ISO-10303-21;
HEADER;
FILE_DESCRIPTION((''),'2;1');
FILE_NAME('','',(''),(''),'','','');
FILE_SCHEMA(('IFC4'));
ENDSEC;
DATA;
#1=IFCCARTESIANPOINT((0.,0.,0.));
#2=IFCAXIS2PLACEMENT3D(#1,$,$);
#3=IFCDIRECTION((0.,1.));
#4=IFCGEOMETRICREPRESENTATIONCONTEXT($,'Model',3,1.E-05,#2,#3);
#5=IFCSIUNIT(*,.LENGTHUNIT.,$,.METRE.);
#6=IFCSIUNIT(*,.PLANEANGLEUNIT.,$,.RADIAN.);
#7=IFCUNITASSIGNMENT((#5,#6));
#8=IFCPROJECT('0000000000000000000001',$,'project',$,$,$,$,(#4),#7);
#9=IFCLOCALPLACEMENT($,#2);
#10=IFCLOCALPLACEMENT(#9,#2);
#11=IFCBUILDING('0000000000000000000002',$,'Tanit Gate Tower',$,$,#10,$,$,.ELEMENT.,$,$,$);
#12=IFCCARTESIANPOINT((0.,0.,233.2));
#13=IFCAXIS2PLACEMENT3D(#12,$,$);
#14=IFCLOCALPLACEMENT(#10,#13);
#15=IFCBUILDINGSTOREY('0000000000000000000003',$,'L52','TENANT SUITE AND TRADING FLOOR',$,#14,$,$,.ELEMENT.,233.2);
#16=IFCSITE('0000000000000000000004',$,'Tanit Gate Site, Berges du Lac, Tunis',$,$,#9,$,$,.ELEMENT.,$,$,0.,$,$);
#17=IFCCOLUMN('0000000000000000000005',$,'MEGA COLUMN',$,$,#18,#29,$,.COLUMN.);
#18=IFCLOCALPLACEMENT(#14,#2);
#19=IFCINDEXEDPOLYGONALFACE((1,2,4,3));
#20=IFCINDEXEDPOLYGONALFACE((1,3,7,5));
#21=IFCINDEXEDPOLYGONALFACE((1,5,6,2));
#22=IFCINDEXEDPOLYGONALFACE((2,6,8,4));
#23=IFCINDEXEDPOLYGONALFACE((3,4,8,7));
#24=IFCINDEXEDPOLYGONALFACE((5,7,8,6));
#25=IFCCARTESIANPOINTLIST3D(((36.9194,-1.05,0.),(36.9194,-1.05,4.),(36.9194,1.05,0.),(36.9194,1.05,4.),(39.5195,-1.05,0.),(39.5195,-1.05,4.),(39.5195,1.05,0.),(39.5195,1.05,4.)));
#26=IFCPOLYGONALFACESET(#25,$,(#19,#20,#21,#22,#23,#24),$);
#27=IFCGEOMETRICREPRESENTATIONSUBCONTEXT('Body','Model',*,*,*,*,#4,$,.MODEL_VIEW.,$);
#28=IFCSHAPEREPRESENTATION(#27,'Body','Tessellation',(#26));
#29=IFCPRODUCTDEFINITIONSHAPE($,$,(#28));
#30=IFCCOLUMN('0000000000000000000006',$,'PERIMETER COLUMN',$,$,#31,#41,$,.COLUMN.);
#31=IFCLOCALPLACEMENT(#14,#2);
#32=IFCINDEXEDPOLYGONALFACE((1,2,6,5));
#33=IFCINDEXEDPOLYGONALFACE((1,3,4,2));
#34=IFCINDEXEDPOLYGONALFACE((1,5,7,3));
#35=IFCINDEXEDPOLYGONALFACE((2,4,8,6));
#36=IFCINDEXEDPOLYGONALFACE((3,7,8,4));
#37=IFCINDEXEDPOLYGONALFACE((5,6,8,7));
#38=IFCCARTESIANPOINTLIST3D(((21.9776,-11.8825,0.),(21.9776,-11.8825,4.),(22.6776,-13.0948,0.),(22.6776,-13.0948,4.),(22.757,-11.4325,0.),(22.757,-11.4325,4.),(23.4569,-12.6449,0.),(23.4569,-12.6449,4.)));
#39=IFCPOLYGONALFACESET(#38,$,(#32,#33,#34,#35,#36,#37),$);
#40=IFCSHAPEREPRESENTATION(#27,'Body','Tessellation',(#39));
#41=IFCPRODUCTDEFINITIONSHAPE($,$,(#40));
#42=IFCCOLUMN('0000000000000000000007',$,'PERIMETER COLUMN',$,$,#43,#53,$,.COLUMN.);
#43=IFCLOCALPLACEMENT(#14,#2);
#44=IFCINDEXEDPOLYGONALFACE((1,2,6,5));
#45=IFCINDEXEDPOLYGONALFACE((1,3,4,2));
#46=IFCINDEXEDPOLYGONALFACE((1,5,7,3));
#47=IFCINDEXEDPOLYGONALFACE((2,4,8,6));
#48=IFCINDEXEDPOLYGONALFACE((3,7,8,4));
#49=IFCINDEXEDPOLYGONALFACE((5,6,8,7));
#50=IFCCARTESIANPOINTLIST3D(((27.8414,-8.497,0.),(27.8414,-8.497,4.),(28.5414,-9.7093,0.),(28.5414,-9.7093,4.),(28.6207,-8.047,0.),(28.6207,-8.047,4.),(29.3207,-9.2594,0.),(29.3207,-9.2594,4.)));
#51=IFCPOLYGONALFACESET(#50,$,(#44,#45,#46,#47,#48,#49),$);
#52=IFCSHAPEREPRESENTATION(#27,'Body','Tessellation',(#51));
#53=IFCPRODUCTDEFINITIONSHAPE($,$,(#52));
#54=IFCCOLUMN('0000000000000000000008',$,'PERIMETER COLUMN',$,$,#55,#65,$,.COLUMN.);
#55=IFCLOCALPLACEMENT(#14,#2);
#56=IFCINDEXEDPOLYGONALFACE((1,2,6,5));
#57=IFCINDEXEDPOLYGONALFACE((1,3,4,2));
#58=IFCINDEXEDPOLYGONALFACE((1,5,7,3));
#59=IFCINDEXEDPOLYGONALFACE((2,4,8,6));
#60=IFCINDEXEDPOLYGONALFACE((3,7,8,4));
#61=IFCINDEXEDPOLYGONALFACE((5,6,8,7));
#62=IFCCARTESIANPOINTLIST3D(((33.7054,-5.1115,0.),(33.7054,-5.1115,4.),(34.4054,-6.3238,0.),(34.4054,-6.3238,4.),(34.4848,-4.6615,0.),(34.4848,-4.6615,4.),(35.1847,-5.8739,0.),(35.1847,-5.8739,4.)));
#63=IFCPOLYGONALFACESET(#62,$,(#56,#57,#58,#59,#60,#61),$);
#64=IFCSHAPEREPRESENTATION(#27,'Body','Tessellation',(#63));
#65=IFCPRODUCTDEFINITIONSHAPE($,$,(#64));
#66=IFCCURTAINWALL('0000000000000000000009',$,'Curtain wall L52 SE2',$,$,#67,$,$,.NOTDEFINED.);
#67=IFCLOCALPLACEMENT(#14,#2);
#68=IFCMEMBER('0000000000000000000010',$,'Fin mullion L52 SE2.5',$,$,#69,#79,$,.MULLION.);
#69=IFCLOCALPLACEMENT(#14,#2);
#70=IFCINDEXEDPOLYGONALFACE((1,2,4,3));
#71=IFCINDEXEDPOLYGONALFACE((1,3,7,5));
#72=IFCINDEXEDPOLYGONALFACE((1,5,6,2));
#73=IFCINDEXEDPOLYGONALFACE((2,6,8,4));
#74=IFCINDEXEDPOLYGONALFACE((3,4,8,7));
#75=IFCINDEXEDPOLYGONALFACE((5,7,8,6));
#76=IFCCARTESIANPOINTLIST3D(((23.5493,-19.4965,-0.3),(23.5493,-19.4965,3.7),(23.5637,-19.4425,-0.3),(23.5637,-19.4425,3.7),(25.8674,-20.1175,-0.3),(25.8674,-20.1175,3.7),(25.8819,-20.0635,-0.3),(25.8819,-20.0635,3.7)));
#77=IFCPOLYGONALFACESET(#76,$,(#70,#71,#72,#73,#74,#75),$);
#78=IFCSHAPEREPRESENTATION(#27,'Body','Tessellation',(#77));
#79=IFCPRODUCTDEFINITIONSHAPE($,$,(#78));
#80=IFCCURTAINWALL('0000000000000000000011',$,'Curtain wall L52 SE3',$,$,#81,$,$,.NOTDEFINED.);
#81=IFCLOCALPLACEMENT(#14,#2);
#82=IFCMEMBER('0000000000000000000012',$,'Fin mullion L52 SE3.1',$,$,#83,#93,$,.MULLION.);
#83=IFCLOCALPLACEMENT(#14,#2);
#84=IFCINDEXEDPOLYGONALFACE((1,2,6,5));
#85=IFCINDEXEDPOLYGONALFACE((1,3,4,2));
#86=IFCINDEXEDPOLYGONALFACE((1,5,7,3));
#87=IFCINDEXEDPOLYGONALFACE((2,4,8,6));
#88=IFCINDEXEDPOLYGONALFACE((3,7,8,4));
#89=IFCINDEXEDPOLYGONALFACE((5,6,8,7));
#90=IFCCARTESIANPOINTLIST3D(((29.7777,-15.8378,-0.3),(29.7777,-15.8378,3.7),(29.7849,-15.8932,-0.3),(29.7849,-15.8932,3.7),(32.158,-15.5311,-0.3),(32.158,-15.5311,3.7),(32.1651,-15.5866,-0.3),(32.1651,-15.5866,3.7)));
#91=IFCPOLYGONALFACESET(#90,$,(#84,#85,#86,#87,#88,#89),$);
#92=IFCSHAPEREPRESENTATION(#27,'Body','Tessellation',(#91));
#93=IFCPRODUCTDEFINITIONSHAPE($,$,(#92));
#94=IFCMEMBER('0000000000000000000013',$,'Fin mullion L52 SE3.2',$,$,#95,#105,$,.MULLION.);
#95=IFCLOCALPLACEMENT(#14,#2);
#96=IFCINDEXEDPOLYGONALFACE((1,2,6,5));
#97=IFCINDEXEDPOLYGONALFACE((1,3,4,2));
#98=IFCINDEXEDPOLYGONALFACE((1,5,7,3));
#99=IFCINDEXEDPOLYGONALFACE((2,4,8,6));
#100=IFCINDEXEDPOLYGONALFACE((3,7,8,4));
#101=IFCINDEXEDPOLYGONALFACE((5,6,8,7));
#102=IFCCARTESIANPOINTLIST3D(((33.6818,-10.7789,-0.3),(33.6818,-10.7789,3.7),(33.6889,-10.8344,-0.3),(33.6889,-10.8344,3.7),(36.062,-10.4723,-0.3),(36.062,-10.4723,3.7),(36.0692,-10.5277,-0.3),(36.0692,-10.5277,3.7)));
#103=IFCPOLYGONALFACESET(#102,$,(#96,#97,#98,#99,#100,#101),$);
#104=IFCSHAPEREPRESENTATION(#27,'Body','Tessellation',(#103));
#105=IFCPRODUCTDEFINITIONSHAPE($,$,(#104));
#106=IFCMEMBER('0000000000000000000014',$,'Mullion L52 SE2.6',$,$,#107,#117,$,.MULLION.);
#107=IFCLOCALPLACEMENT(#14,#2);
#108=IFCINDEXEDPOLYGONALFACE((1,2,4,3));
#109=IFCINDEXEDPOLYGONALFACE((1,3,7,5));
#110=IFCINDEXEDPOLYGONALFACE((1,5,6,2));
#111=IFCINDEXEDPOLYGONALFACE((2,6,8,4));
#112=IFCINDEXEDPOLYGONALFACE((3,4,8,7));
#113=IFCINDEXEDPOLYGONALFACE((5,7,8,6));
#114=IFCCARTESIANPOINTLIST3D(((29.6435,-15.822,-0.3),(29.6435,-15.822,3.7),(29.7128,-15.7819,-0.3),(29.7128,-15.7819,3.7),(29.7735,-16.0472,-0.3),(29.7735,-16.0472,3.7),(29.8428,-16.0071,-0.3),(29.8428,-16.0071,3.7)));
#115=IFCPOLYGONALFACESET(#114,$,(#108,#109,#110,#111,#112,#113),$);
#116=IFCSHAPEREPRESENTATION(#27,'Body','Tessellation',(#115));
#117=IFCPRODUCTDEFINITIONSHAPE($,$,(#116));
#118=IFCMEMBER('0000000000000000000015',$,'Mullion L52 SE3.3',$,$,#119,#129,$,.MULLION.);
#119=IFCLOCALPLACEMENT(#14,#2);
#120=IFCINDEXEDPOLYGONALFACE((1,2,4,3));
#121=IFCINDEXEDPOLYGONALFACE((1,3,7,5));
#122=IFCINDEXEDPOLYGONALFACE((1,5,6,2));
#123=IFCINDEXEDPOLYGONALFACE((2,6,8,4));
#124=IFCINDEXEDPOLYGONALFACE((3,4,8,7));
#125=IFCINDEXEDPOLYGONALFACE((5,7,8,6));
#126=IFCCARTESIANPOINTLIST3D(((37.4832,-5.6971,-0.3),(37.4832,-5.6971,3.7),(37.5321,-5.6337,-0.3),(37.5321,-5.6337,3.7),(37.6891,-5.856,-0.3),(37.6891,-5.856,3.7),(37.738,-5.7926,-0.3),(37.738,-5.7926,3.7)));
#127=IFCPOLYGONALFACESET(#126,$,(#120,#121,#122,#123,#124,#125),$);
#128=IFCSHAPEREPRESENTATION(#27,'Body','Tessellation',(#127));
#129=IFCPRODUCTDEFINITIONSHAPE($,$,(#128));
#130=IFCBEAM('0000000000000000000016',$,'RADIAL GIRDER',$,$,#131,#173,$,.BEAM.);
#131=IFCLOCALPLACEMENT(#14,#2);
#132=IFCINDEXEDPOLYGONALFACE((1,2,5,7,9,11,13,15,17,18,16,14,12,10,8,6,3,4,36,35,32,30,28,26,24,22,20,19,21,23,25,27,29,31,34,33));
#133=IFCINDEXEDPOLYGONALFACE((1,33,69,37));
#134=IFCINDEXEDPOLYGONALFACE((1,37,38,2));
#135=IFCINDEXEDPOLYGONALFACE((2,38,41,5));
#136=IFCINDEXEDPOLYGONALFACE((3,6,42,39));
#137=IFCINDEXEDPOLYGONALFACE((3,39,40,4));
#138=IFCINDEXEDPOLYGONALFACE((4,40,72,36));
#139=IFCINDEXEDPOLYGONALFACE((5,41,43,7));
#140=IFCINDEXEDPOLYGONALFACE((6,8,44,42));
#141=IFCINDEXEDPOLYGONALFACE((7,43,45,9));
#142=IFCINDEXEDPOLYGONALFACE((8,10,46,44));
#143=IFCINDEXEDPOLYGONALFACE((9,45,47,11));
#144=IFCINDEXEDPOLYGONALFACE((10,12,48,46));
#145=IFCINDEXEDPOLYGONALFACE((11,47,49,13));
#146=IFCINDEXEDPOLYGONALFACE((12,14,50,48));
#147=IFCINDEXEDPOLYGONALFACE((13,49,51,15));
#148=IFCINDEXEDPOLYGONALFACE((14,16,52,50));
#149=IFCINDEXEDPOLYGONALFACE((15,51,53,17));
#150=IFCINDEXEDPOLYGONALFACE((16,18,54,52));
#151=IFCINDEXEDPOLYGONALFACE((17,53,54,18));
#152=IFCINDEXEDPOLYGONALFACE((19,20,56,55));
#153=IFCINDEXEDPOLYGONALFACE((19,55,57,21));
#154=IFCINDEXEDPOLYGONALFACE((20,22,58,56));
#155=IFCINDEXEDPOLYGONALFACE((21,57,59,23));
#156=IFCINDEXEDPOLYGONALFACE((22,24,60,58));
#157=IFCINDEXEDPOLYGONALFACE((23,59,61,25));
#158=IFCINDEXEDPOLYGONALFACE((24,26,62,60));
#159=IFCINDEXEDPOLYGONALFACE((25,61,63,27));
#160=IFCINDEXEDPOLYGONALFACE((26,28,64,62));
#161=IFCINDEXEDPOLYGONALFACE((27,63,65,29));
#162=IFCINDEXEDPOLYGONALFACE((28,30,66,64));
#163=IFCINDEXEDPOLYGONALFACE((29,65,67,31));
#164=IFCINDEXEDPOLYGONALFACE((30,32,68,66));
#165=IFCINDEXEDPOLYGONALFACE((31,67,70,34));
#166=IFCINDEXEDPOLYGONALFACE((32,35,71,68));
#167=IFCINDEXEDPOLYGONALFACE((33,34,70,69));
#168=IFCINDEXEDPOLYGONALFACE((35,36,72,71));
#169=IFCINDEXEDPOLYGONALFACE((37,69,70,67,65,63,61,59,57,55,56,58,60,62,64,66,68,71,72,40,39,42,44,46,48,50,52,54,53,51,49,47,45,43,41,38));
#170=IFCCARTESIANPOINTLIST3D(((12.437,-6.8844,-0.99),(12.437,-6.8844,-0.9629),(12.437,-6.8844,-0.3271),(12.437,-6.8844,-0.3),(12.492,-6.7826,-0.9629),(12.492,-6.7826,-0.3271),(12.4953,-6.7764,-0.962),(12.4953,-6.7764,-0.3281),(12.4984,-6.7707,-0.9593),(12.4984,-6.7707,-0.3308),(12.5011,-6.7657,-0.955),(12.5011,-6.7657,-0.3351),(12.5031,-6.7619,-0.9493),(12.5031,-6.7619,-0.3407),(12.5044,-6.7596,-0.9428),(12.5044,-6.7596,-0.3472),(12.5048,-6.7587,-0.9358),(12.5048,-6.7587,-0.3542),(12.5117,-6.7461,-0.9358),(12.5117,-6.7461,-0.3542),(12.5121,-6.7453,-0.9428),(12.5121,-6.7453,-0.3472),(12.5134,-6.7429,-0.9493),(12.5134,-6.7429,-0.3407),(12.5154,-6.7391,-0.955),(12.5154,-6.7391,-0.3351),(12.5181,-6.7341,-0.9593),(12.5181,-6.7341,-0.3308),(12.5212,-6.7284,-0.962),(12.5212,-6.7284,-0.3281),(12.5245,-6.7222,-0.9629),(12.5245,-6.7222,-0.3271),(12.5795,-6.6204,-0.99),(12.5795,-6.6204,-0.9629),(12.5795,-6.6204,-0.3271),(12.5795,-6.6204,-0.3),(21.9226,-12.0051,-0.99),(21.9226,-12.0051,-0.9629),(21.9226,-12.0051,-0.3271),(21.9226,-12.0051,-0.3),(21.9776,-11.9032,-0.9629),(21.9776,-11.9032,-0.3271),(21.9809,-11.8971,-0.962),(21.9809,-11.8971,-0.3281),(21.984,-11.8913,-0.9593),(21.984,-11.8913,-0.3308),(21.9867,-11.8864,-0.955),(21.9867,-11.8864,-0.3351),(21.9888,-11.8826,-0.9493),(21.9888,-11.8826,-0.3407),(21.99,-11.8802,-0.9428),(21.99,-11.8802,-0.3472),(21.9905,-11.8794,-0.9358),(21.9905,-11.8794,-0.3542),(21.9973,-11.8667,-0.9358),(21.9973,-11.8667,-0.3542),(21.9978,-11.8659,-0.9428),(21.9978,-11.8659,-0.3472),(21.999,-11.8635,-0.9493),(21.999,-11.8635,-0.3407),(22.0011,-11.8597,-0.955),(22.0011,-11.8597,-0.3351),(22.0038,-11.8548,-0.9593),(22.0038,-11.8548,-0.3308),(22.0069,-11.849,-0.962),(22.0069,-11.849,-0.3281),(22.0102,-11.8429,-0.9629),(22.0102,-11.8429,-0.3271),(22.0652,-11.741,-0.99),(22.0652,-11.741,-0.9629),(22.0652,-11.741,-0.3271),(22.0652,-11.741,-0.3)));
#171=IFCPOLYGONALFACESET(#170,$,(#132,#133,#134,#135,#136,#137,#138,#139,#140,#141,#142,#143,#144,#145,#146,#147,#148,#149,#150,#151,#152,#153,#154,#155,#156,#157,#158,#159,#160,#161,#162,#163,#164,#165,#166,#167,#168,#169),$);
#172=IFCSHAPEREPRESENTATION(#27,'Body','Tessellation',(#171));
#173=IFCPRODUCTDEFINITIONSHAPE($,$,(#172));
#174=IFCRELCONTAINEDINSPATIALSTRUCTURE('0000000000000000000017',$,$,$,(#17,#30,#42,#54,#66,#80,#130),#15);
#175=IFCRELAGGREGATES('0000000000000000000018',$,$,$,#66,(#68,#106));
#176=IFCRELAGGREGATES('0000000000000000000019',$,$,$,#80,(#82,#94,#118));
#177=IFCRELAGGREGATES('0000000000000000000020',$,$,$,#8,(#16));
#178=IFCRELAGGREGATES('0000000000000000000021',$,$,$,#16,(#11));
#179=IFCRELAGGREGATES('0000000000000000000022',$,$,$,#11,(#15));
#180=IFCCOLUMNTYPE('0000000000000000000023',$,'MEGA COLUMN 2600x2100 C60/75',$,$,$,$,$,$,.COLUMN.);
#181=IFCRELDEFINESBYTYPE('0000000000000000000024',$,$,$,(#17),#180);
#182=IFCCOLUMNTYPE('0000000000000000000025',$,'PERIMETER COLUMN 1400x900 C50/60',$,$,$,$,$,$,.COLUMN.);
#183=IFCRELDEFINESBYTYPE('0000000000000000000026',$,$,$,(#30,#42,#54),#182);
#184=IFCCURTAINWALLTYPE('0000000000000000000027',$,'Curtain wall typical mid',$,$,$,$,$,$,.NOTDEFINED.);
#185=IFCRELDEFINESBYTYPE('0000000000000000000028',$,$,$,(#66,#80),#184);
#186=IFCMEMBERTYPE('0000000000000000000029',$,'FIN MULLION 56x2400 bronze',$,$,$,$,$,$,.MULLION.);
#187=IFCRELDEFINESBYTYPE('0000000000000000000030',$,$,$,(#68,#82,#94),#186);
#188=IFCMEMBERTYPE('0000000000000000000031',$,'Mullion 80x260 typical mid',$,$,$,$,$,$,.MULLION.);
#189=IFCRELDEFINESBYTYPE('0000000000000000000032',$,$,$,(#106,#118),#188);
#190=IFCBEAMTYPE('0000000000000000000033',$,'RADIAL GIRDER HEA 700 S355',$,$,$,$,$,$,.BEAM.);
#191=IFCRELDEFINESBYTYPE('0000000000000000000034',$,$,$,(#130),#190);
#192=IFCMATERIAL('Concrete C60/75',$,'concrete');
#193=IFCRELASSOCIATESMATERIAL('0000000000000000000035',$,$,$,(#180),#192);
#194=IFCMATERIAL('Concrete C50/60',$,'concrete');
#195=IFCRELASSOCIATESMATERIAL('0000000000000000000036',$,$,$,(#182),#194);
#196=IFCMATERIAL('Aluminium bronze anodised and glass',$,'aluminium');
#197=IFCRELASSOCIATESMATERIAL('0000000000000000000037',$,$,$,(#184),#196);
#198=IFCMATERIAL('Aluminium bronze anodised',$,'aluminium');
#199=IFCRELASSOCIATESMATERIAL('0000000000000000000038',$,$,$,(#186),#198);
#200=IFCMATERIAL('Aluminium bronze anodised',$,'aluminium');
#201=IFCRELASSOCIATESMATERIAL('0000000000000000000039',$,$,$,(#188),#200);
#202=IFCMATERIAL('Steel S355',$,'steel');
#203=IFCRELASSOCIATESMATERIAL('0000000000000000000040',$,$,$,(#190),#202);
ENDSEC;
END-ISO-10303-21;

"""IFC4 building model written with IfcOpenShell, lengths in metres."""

from ifc_helpers import new_model, si_unit, direction, frame, origin, origin_2d, place, context, subcontext, project, spatial, rectangle, i_section, extrude, material, material_profile, profile_set, type_object, element, aggregate, save


model = new_model("IFC4")

# Units and contexts
model_context = context("Model", 3, precision=1e-05, world=origin(), true_north=direction((0.0, 1.0)))
body_context = subcontext(model_context, "Body", "Model", "MODEL_VIEW")
ifc_project = project(units=[si_unit("LENGTHUNIT", "METRE"), si_unit("PLANEANGLEUNIT", "RADIAN")], contexts=[model_context])

# Site, building, storey
site_placement = place(None, origin())
site = spatial("IfcSite", under=ifc_project, at=site_placement, Name="Tanit Gate Site, Berges du Lac, Tunis", CompositionType="ELEMENT", RefElevation=0.0)
building_placement = place(site_placement, origin())
building = spatial("IfcBuilding", under=site, at=building_placement, Name="Tanit Gate Tower", CompositionType="ELEMENT")
storey_placement = place(building_placement, frame((0.0, 0.0, 233.2)))
storey = spatial("IfcBuildingStorey", under=building, at=storey_placement, Name="L52", Description="TENANT SUITE AND TRADING FLOOR", CompositionType="ELEMENT", Elevation=233.2)

# Columns
ifc_material_1 = material(Name="Concrete C60/75", Category="concrete")
ifc_material_profile_1 = material_profile(ifc_material_1, rectangle(XDim=2.6001, YDim=2.1001, at=origin_2d()), Name="RC 2600x2100")
ifc_profile_set_1 = profile_set([ifc_material_profile_1], Name="Concrete C60/75")
column_type_1 = type_object("IfcColumnType", Name="MEGA COLUMN 2600x2100 C60/75", PredefinedType="COLUMN", material=ifc_profile_set_1)
column_placement = place(storey_placement, frame((38.2195, 0.0, 0.0), z_axis=(0.0, 0.0, 1.0), x_axis=(1.0, 0.0, 0.0)))
element("IfcColumn", 1, at=column_placement, inside=storey, type_object=column_type_1, Name="MEGA COLUMN", PredefinedType="COLUMN", context=body_context, shape_type="SweptSolid", body=[
    extrude(rectangle(XDim=2.6001, YDim=2.1001, at=origin_2d()), origin(), (0.0, 0.0, 1.0), 4.0),
])
ifc_material_2 = material(Name="Concrete C50/60", Category="concrete")
ifc_material_profile_2 = material_profile(ifc_material_2, rectangle(XDim=1.3999, YDim=0.8999, at=origin_2d()), Name="RC 1400x900")
ifc_profile_set_2 = profile_set([ifc_material_profile_2], Name="Concrete C50/60")
column_type_2 = type_object("IfcColumnType", Name="PERIMETER COLUMN 1400x900 C50/60", PredefinedType="COLUMN", material=ifc_profile_set_2)
for number, where, z_axis, x_axis, name in (
    (2, (22.7173, -12.2637, 0.0), (0.0, 0.0, 1.0), (0.5, -0.866025, 0.0), "PERIMETER COLUMN"),
    (3, (28.5811, -8.8782, 0.0), (0.0, 0.0, 1.0), (0.5, -0.866025, 0.0), "PERIMETER COLUMN"),
    (4, (34.4451, -5.4927, 0.0), (0.0, 0.0, 1.0), (0.5, -0.866025, 0.0), "PERIMETER COLUMN"),
):
    element("IfcColumn", number, at=place(storey_placement, frame(where, z_axis=z_axis, x_axis=x_axis)), inside=storey, type_object=column_type_2, Name=name, PredefinedType="COLUMN", context=body_context, shape_type="SweptSolid", body=[
        extrude(rectangle(XDim=1.3999, YDim=0.8999, at=origin_2d()), origin(), (0.0, 0.0, 1.0), 4.0),
    ])

# Curtain wall, member
ifc_material_3 = material(Name="Aluminium bronze anodised and glass", Category="aluminium")
curtain_wall_type = type_object("IfcCurtainWallType", Name="Curtain wall typical mid", PredefinedType="NOTDEFINED", material=ifc_material_3)
curtain_wall_1_placement = place(storey_placement, origin())
curtain_wall_1 = element("IfcCurtainWall", 5, at=curtain_wall_1_placement, inside=storey, type_object=curtain_wall_type, Name="Curtain wall L52 SE2", PredefinedType="NOTDEFINED")
ifc_material_4 = material(Name="Aluminium bronze anodised", Category="aluminium")
ifc_material_profile_3 = material_profile(ifc_material_4, rectangle(XDim=2.3999, YDim=0.0559, at=origin_2d()), Name="56x2400 bronze fin mullion")
ifc_profile_set_3 = profile_set([ifc_material_profile_3], Name="Aluminium bronze anodised")
member_type_1 = type_object("IfcMemberType", Name="FIN MULLION 56x2400 bronze", PredefinedType="MULLION", material=ifc_profile_set_3)
member_1_placement = place(storey_placement, frame((24.7156, -19.78, -0.3), z_axis=(0.0, 0.0, 1.0), x_axis=(-0.965944, 0.258752, 0.0)))
member_1 = element("IfcMember", 6, at=member_1_placement, type_object=member_type_1, Name="Fin mullion L52 SE2.5", PredefinedType="MULLION", context=body_context, shape_type="SweptSolid", body=[
    extrude(rectangle(XDim=2.3999, YDim=0.0559, at=origin_2d()), origin(), (0.0, 0.0, 1.0), 4.0),
])

# Curtain wall, members
curtain_wall_2_placement = place(storey_placement, origin())
curtain_wall_2 = element("IfcCurtainWall", 7, at=curtain_wall_2_placement, inside=storey, type_object=curtain_wall_type, Name="Curtain wall L52 SE3", PredefinedType="NOTDEFINED")
member_2_placement = place(storey_placement, frame((30.9714, -15.7122, -0.3), z_axis=(0.0, 0.0, 1.0), x_axis=(-0.991802, -0.127783, 0.0)))
member_2 = element("IfcMember", 8, at=member_2_placement, type_object=member_type_1, Name="Fin mullion L52 SE3.1", PredefinedType="MULLION", context=body_context, shape_type="SweptSolid", body=[
    extrude(rectangle(XDim=2.3999, YDim=0.0559, at=origin_2d()), origin(), (0.0, 0.0, 1.0), 4.0),
])
member_3_placement = place(storey_placement, frame((34.8755, -10.6533, -0.3), z_axis=(0.0, 0.0, 1.0), x_axis=(-0.991802, -0.127783, 0.0)))
member_3 = element("IfcMember", 9, at=member_3_placement, type_object=member_type_1, Name="Fin mullion L52 SE3.2", PredefinedType="MULLION", context=body_context, shape_type="SweptSolid", body=[
    extrude(rectangle(XDim=2.3999, YDim=0.0559, at=origin_2d()), origin(), (0.0, 0.0, 1.0), 4.0),
])

# Members
ifc_material_5 = material(Name="Aluminium bronze anodised", Category="aluminium")
ifc_material_profile_4 = material_profile(ifc_material_5, rectangle(XDim=0.26, YDim=0.0801, at=origin_2d()), Name="80x260 bronze mullion")
ifc_profile_set_4 = profile_set([ifc_material_profile_4], Name="Aluminium bronze anodised")
member_type_2 = type_object("IfcMemberType", Name="Mullion 80x260 typical mid", PredefinedType="MULLION", material=ifc_profile_set_4)
member_4_placement = place(storey_placement, frame((29.7432, -15.9146, -0.3), z_axis=(0.0, 0.0, 1.0), x_axis=(-0.50006, 0.865991, 0.0)))
member_4 = element("IfcMember", 10, at=member_4_placement, type_object=member_type_2, Name="Mullion L52 SE2.6", PredefinedType="MULLION", context=body_context, shape_type="SweptSolid", body=[
    extrude(rectangle(XDim=0.26, YDim=0.0801, at=origin_2d()), origin(), (0.0, 0.0, 1.0), 4.0),
])
member_5_placement = place(storey_placement, frame((37.6106, -5.7449, -0.3), z_axis=(0.0, 0.0, 1.0), x_axis=(-0.791666, 0.610954, 0.0)))
member_5 = element("IfcMember", 11, at=member_5_placement, type_object=member_type_2, Name="Mullion L52 SE3.3", PredefinedType="MULLION", context=body_context, shape_type="SweptSolid", body=[
    extrude(rectangle(XDim=0.26, YDim=0.0801, at=origin_2d()), origin(), (0.0, 0.0, 1.0), 4.0),
])

# Beam
ifc_material_6 = material(Name="Steel S355", Category="steel")
ifc_material_profile_5 = material_profile(ifc_material_6, i_section(OverallWidth=0.3, OverallDepth=0.6899, WebThickness=0.0144, FlangeThickness=0.0271, FilletRadius=0.0271, at=origin_2d()), Name="HEA 700")
ifc_profile_set_5 = profile_set([ifc_material_profile_5], Name="Steel S355")
beam_type_1 = type_object("IfcBeamType", Name="RADIAL GIRDER HEA 700 S355", PredefinedType="BEAM", material=ifc_profile_set_5)
beam_1_placement = place(storey_placement, frame((21.9939, -11.873, -0.645), z_axis=(-0.879968, 0.475033, 0.0), x_axis=(-0.475033, -0.879968, 0.0)))
element("IfcBeam", 12, at=beam_1_placement, inside=storey, type_object=beam_type_1, Name="RADIAL GIRDER", PredefinedType="BEAM", context=body_context, shape_type="SweptSolid", body=[
    extrude(i_section(OverallWidth=0.3, OverallDepth=0.6899, WebThickness=0.0144, FlangeThickness=0.0271, FilletRadius=0.0271, at=origin_2d()), origin(), (0.0, 0.0, 1.0), 10.7795),
])

aggregate(curtain_wall_1, [member_1, member_4])
aggregate(curtain_wall_2, [member_2, member_3, member_5])

save(model, "model.ifc")
